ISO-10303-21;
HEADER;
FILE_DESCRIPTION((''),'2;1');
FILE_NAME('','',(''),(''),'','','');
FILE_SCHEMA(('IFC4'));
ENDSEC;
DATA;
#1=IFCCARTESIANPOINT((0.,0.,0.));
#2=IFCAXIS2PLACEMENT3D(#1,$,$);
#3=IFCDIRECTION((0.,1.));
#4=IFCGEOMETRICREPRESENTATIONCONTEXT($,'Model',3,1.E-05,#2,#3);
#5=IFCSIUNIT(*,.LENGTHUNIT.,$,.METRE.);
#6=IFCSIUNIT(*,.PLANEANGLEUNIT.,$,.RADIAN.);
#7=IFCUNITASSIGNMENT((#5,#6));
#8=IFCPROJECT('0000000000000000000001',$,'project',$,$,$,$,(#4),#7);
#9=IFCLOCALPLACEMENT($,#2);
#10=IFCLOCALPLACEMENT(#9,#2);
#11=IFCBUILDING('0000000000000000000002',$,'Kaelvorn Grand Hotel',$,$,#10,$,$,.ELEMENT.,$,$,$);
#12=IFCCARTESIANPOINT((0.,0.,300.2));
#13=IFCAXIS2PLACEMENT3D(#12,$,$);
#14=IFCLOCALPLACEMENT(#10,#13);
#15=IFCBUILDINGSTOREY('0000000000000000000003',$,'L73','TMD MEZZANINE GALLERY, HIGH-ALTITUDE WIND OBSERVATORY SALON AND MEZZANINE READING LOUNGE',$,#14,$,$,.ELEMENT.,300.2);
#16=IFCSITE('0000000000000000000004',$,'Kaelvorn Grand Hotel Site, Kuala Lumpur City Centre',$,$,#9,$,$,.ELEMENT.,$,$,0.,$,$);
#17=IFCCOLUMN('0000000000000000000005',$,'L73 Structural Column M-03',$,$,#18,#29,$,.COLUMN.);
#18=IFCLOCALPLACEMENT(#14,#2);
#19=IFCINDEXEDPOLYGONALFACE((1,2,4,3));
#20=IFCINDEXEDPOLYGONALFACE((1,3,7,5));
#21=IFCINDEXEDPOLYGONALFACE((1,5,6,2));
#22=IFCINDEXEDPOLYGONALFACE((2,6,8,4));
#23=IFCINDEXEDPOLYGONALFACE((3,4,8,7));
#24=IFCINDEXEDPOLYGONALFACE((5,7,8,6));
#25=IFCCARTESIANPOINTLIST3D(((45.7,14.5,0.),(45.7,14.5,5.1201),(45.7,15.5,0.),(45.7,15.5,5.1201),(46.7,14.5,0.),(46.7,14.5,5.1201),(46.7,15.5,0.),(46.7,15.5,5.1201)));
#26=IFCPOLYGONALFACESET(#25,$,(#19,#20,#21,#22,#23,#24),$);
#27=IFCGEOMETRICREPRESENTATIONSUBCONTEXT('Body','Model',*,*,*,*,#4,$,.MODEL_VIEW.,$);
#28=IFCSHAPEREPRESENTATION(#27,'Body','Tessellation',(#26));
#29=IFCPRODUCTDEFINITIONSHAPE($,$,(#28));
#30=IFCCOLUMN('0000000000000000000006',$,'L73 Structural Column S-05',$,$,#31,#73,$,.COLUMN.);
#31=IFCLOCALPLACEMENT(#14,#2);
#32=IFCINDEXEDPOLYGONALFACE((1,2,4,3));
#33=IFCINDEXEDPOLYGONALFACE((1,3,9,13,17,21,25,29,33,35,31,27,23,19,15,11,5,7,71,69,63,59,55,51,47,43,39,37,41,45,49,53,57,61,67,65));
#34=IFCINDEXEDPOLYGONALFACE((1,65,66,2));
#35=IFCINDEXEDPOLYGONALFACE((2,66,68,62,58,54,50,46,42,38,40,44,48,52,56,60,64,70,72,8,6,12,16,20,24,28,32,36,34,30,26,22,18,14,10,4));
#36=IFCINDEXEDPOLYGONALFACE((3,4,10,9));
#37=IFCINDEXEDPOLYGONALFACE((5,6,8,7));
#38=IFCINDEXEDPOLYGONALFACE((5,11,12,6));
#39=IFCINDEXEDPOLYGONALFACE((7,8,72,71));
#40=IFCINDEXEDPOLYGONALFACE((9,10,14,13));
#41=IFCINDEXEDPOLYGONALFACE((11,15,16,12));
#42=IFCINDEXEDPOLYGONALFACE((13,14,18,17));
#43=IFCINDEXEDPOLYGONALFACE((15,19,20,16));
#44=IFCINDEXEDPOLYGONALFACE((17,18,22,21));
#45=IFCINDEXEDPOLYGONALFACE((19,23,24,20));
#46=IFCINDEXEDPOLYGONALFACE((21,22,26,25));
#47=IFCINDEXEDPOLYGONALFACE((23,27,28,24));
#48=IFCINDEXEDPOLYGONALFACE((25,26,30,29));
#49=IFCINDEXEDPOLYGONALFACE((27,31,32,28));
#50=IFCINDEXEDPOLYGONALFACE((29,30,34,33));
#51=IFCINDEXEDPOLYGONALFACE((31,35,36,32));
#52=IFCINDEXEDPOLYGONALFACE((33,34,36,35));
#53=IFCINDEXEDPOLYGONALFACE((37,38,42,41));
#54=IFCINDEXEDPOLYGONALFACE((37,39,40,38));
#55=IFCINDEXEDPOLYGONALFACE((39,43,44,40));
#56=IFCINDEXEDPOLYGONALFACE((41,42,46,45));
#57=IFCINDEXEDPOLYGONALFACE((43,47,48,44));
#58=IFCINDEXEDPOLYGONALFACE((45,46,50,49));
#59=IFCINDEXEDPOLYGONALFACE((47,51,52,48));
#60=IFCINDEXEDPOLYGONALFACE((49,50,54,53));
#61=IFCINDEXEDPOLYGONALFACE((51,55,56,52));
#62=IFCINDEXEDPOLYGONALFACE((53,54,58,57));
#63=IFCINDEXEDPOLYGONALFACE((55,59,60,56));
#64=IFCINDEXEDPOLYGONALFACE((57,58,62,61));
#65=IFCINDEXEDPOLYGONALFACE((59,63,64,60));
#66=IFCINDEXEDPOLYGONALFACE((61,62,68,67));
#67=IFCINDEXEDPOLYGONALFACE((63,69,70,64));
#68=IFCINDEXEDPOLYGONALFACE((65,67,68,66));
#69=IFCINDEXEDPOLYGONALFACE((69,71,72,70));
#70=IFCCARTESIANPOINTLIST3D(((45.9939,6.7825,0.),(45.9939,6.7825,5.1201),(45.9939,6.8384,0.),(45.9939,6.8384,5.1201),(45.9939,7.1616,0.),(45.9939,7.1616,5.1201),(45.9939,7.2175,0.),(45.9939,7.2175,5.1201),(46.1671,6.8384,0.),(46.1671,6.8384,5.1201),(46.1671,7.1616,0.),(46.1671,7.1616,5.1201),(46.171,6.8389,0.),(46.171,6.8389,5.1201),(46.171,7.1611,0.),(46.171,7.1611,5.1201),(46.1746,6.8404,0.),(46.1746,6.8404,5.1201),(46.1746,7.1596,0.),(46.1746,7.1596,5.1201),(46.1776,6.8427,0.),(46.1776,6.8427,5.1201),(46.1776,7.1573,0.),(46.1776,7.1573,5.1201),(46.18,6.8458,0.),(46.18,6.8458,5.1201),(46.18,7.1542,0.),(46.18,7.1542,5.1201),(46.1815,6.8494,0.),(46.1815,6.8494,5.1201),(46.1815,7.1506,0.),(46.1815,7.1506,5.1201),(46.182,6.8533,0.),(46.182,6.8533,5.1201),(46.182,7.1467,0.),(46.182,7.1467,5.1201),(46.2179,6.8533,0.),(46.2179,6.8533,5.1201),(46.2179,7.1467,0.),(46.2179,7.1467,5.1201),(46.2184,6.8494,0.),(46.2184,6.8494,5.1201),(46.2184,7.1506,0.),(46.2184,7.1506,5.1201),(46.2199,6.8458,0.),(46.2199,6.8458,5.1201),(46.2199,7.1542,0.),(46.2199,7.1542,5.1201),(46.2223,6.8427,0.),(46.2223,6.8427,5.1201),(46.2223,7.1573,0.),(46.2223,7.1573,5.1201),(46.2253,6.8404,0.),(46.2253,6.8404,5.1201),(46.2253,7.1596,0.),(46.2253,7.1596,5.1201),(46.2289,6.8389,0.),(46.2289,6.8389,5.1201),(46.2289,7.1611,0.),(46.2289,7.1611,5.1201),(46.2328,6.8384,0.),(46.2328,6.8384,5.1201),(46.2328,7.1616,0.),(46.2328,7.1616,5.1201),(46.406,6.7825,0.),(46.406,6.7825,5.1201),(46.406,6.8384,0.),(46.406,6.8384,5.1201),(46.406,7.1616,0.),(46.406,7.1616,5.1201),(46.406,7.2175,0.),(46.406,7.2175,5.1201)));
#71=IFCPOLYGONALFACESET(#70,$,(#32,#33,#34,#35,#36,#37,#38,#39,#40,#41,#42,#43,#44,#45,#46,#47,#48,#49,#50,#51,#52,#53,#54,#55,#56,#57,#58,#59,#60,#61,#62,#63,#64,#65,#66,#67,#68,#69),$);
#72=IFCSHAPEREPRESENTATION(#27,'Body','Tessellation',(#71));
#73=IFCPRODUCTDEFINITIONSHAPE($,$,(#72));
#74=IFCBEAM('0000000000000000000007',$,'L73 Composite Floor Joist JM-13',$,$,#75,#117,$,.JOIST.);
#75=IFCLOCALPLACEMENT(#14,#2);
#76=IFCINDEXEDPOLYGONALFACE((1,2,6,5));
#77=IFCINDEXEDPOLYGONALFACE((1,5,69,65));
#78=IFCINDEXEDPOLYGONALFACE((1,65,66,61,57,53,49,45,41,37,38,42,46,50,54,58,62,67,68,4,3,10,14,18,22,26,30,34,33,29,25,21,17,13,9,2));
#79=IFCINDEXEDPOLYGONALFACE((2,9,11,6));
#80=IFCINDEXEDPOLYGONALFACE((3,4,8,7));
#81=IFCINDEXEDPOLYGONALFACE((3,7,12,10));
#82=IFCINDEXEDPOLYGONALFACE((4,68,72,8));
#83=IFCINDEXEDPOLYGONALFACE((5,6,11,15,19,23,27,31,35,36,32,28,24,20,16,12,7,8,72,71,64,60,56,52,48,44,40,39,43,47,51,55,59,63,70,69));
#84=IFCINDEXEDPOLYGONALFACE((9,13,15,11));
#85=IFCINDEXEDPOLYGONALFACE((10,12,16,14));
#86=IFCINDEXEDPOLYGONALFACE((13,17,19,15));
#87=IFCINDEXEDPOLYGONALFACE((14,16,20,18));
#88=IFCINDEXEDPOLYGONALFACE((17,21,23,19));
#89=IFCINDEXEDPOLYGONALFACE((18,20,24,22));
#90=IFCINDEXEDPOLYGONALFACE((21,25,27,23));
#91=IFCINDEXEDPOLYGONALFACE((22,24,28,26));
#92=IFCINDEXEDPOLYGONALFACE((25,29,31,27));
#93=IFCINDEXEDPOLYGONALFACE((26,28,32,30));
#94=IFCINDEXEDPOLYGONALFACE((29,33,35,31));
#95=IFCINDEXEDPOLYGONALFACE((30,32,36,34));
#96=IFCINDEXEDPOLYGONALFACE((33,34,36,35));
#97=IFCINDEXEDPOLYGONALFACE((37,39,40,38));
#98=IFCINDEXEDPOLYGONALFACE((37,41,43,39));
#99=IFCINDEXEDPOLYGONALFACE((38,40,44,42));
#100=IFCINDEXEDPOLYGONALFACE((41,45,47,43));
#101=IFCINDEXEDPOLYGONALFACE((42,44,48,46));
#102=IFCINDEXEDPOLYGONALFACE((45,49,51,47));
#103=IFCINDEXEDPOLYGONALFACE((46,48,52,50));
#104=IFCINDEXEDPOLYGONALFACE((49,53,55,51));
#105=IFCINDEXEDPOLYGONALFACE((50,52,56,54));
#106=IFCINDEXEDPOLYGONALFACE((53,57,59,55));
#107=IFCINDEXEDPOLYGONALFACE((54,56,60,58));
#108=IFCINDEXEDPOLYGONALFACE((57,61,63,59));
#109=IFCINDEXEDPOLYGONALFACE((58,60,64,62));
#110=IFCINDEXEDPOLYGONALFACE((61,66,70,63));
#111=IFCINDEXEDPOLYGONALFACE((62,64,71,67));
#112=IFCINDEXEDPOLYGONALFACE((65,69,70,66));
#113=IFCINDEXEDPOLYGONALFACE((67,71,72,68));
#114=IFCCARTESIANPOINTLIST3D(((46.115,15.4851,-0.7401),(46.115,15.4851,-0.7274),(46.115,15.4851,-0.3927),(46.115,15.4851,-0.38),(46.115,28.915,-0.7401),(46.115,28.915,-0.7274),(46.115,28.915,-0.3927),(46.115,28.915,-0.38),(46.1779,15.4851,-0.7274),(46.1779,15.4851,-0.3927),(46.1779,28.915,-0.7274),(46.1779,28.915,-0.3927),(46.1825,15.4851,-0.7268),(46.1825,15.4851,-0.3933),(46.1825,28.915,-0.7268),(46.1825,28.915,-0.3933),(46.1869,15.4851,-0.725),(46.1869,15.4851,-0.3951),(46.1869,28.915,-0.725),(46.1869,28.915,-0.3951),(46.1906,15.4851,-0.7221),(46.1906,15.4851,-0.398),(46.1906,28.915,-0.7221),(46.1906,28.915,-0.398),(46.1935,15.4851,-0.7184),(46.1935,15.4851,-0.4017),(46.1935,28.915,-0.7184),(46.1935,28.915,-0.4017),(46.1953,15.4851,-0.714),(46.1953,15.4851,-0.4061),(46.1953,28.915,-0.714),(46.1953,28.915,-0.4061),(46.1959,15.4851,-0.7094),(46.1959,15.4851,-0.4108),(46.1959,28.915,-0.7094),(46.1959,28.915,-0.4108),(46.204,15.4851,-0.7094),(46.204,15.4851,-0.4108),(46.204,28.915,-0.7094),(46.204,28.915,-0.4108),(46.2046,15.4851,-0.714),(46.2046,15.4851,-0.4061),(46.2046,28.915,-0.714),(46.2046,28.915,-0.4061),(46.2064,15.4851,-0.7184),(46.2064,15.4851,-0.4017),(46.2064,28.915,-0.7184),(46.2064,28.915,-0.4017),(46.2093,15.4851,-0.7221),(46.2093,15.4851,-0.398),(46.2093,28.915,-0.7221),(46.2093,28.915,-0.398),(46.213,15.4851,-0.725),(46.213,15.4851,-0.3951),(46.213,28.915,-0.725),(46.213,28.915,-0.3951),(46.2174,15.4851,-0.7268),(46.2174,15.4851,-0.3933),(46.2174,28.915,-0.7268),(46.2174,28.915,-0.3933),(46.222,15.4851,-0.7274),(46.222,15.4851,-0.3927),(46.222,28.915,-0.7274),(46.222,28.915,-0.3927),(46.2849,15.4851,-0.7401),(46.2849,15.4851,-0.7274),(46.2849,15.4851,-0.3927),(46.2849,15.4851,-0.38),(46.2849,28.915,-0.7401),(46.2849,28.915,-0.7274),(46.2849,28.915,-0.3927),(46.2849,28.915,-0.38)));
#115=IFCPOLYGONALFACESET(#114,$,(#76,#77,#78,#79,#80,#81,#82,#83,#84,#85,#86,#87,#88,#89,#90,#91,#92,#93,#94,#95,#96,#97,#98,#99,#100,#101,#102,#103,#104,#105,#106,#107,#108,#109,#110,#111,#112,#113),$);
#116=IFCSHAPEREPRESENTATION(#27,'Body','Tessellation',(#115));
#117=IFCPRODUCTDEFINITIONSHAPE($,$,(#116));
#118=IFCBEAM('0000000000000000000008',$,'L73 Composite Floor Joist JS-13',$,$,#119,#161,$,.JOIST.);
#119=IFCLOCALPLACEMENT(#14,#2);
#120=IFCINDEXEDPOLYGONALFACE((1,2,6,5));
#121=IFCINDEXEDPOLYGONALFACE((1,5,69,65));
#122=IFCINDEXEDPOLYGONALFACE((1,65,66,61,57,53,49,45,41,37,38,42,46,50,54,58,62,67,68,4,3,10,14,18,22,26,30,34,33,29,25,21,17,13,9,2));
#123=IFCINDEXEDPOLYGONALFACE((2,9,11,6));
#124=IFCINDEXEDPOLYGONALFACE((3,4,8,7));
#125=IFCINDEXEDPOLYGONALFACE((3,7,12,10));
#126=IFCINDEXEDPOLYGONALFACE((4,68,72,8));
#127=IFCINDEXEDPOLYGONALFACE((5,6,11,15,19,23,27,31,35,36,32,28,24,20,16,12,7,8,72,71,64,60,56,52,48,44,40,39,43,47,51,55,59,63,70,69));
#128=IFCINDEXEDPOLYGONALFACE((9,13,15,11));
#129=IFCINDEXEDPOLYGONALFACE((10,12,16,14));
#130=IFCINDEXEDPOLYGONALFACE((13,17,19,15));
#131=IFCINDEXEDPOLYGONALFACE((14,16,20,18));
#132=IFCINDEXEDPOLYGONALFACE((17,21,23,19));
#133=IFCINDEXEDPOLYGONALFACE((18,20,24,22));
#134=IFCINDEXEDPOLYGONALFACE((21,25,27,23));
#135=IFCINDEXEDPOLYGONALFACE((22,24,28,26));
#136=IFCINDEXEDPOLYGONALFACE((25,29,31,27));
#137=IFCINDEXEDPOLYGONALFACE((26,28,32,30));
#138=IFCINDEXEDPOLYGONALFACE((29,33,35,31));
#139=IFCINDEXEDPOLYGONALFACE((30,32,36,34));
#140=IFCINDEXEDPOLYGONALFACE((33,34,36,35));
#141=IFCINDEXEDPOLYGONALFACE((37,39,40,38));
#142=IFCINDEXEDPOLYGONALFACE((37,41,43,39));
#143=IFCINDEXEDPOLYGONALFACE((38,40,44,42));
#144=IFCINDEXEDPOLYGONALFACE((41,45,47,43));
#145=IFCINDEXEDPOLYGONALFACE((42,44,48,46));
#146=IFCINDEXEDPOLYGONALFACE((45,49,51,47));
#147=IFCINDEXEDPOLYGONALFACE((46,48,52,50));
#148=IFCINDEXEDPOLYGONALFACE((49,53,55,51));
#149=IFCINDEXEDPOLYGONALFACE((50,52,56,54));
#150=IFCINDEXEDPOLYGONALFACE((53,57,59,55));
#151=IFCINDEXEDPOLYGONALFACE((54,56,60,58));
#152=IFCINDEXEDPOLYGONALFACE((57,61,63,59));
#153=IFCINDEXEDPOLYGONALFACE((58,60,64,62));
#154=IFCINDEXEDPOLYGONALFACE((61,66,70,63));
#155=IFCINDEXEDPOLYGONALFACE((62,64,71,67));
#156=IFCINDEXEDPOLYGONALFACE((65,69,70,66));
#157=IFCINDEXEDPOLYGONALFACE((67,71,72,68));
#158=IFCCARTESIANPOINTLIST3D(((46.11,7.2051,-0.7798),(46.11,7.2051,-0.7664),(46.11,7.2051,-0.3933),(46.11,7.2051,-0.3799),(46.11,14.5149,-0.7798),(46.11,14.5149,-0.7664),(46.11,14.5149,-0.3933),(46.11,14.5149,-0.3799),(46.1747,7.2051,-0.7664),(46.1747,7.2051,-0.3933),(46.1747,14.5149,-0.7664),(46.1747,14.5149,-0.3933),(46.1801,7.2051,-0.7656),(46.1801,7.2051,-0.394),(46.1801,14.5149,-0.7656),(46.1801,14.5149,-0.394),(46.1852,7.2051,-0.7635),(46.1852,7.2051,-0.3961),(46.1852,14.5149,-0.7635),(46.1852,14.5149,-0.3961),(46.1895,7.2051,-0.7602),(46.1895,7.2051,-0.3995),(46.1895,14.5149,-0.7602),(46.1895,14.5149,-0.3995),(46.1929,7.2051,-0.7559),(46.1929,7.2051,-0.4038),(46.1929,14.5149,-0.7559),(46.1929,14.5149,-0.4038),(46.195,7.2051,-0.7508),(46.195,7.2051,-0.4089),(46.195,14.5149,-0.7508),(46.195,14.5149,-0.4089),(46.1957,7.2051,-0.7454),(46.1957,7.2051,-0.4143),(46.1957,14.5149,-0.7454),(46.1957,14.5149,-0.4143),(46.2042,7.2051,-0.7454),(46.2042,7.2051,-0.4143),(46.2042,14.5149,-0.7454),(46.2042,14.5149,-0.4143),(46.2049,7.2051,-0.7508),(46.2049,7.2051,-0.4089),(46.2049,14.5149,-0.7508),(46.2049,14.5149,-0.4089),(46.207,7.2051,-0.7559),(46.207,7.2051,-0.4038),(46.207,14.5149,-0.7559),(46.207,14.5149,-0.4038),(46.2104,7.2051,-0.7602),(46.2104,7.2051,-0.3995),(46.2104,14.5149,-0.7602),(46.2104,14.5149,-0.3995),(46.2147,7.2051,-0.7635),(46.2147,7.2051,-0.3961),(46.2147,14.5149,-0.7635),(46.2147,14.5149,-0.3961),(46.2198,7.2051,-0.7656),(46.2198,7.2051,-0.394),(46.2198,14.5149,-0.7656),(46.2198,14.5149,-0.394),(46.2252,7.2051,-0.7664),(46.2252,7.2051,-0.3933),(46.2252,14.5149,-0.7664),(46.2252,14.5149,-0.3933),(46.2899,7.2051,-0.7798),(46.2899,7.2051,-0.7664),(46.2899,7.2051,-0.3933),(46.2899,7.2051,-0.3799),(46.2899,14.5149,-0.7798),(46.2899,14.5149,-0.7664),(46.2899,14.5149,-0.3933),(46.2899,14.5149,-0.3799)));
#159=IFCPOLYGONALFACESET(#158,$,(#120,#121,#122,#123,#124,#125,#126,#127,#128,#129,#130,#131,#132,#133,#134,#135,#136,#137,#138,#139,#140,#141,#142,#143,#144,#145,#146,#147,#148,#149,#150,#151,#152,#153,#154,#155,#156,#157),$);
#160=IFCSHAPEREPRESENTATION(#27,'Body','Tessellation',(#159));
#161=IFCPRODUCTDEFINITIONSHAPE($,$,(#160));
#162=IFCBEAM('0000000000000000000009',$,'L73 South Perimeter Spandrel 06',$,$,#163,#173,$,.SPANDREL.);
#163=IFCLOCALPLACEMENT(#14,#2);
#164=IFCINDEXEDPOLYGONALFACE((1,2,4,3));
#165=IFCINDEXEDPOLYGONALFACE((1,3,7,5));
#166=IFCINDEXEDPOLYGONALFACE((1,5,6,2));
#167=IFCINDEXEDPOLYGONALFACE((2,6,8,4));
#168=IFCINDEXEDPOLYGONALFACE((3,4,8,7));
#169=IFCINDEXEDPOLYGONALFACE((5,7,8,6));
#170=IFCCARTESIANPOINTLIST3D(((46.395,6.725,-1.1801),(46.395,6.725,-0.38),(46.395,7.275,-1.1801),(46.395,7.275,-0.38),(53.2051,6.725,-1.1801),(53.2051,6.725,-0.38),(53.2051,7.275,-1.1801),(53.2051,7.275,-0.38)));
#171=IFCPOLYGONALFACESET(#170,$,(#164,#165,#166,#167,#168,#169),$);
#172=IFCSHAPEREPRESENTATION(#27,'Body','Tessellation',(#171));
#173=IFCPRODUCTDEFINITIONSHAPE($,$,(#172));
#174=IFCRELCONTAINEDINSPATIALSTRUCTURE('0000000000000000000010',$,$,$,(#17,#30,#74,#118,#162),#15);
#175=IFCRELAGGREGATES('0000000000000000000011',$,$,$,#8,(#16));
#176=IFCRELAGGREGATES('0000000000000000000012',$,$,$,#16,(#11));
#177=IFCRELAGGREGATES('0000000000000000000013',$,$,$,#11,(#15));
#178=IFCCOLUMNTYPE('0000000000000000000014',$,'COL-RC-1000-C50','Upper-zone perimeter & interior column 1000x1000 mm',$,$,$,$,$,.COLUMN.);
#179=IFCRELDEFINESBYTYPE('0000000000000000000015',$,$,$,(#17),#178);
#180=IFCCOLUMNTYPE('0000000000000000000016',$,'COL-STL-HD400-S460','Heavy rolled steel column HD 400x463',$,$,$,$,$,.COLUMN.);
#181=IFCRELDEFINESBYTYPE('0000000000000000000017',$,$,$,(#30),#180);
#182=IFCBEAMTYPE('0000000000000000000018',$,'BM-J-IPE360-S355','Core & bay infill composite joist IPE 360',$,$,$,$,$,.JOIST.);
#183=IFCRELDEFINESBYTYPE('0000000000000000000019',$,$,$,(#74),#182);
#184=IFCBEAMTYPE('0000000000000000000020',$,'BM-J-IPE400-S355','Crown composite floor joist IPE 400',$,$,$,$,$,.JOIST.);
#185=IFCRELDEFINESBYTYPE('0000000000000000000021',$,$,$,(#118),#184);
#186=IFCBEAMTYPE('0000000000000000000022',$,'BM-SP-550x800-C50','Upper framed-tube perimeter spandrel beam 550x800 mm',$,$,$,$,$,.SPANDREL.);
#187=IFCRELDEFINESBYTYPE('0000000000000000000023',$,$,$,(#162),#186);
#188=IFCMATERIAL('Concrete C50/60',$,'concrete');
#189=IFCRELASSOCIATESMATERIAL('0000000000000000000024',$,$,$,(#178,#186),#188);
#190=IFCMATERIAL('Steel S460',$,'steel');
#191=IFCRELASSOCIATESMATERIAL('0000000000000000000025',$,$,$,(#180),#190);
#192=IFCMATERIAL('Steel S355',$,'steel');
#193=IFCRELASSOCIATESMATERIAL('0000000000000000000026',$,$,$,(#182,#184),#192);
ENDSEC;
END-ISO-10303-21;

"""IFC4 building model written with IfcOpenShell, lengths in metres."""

from ifc_helpers import new_model, si_unit, direction, frame, origin, origin_2d, place, context, subcontext, project, spatial, rectangle, i_section, extrude, material, material_profile, profile_set, type_object, element, save


model = new_model("IFC4")

# Units and contexts
model_context = context("Model", 3, precision=1e-05, world=origin(), true_north=direction((0.0, 1.0)))
body_context = subcontext(model_context, "Body", "Model", "MODEL_VIEW")
ifc_project = project(units=[si_unit("LENGTHUNIT", "METRE"), si_unit("PLANEANGLEUNIT", "RADIAN")], contexts=[model_context])

# Site, building, storey
site_placement = place(None, origin())
site = spatial("IfcSite", under=ifc_project, at=site_placement, Name="Kaelvorn Grand Hotel Site, Kuala Lumpur City Centre", CompositionType="ELEMENT", RefElevation=0.0)
building_placement = place(site_placement, origin())
building = spatial("IfcBuilding", under=site, at=building_placement, Name="Kaelvorn Grand Hotel", CompositionType="ELEMENT")
storey_placement = place(building_placement, frame((0.0, 0.0, 300.2)))
storey = spatial("IfcBuildingStorey", under=building, at=storey_placement, Name="L73", Description="TMD MEZZANINE GALLERY, HIGH-ALTITUDE WIND OBSERVATORY SALON AND MEZZANINE READING LOUNGE", CompositionType="ELEMENT", Elevation=300.2)

# Columns
ifc_material_1 = material(Name="Concrete C50/60", Category="concrete")
ifc_material_profile_1 = material_profile(ifc_material_1, rectangle(XDim=1.0, YDim=1.0, at=origin_2d()), Name="RC COL 1000x1000")
ifc_profile_set_1 = profile_set([ifc_material_profile_1], Name="Concrete C50/60")
column_type_1 = type_object("IfcColumnType", Name="COL-RC-1000-C50", Description="Upper-zone perimeter & interior column 1000x1000 mm", PredefinedType="COLUMN", material=ifc_profile_set_1)
column_1_placement = place(storey_placement, frame((46.2, 15.0, 0.0), z_axis=(0.0, 0.0, 1.0), x_axis=(1.0, 0.0, 0.0)))
element("IfcColumn", 1, at=column_1_placement, inside=storey, type_object=column_type_1, Name="L73 Structural Column M-03", PredefinedType="COLUMN", context=body_context, shape_type="SweptSolid", body=[
    extrude(rectangle(XDim=1.0, YDim=1.0, at=origin_2d()), origin(), (0.0, 0.0, 1.0), 5.1201),
])
ifc_material_2 = material(Name="Steel S460", Category="steel")
ifc_material_profile_2 = material_profile(ifc_material_2, i_section(OverallWidth=0.4121, OverallDepth=0.4351, WebThickness=0.0359, FlangeThickness=0.0559, FilletRadius=0.0149, at=origin_2d()), Name="HD 400x463")
ifc_profile_set_2 = profile_set([ifc_material_profile_2], Name="Steel S460")
column_type_2 = type_object("IfcColumnType", Name="COL-STL-HD400-S460", Description="Heavy rolled steel column HD 400x463", PredefinedType="COLUMN", material=ifc_profile_set_2)
column_2_placement = place(storey_placement, frame((46.2, 7.0, 0.0), z_axis=(0.0, 0.0, 1.0), x_axis=(1.0, 0.0, 0.0)))
element("IfcColumn", 2, at=column_2_placement, inside=storey, type_object=column_type_2, Name="L73 Structural Column S-05", PredefinedType="COLUMN", context=body_context, shape_type="SweptSolid", body=[
    extrude(i_section(OverallWidth=0.4121, OverallDepth=0.4351, WebThickness=0.0359, FlangeThickness=0.0559, FilletRadius=0.0149, at=origin_2d()), origin(), (0.0, 0.0, 1.0), 5.1201),
])

# Beams
ifc_material_3 = material(Name="Steel S355", Category="steel")
ifc_material_profile_3 = material_profile(ifc_material_3, i_section(OverallWidth=0.1699, OverallDepth=0.3601, WebThickness=0.0081, FlangeThickness=0.0127, FilletRadius=0.0181, at=origin_2d()), Name="IPE 360")
ifc_profile_set_3 = profile_set([ifc_material_profile_3], Name="Steel S355")
beam_type_1 = type_object("IfcBeamType", Name="BM-J-IPE360-S355", Description="Core & bay infill composite joist IPE 360", PredefinedType="JOIST", material=ifc_profile_set_3)
beam_1_placement = place(storey_placement, frame((46.2, 15.4851, -0.5601), z_axis=(0.0, 1.0, 0.0), x_axis=(-1.0, 0.0, 0.0)))
element("IfcBeam", 3, at=beam_1_placement, inside=storey, type_object=beam_type_1, Name="L73 Composite Floor Joist JM-13", PredefinedType="JOIST", context=body_context, shape_type="SweptSolid", body=[
    extrude(i_section(OverallWidth=0.1699, OverallDepth=0.3601, WebThickness=0.0081, FlangeThickness=0.0127, FilletRadius=0.0181, at=origin_2d()), origin(), (0.0, 0.0, 1.0), 13.4299),
])
ifc_material_profile_4 = material_profile(ifc_material_3, i_section(OverallWidth=0.1799, OverallDepth=0.3999, WebThickness=0.0085, FlangeThickness=0.0134, FilletRadius=0.021, at=origin_2d()), Name="IPE 400")
ifc_profile_set_4 = profile_set([ifc_material_profile_4], Name="Steel S355")
beam_type_2 = type_object("IfcBeamType", Name="BM-J-IPE400-S355", Description="Crown composite floor joist IPE 400", PredefinedType="JOIST", material=ifc_profile_set_4)
beam_2_placement = place(storey_placement, frame((46.2, 7.2051, -0.5798), z_axis=(0.0, 1.0, 0.0), x_axis=(-1.0, 0.0, 0.0)))
element("IfcBeam", 4, at=beam_2_placement, inside=storey, type_object=beam_type_2, Name="L73 Composite Floor Joist JS-13", PredefinedType="JOIST", context=body_context, shape_type="SweptSolid", body=[
    extrude(i_section(OverallWidth=0.1799, OverallDepth=0.3999, WebThickness=0.0085, FlangeThickness=0.0134, FilletRadius=0.021, at=origin_2d()), origin(), (0.0, 0.0, 1.0), 7.3098),
])
ifc_material_profile_5 = material_profile(ifc_material_1, rectangle(XDim=0.55, YDim=0.8, at=origin_2d()), Name="RC SPANDREL 550x800")
ifc_profile_set_5 = profile_set([ifc_material_profile_5], Name="Concrete C50/60")
beam_type_3 = type_object("IfcBeamType", Name="BM-SP-550x800-C50", Description="Upper framed-tube perimeter spandrel beam 550x800 mm", PredefinedType="SPANDREL", material=ifc_profile_set_5)
beam_3_placement = place(storey_placement, frame((46.395, 7.0, -0.78), z_axis=(1.0, 0.0, 0.0), x_axis=(0.0, 1.0, 0.0)))
element("IfcBeam", 5, at=beam_3_placement, inside=storey, type_object=beam_type_3, Name="L73 South Perimeter Spandrel 06", PredefinedType="SPANDREL", context=body_context, shape_type="SweptSolid", body=[
    extrude(rectangle(XDim=0.55, YDim=0.8, at=origin_2d()), origin(), (0.0, 0.0, 1.0), 6.8101),
])

save(model, "model.ifc")
